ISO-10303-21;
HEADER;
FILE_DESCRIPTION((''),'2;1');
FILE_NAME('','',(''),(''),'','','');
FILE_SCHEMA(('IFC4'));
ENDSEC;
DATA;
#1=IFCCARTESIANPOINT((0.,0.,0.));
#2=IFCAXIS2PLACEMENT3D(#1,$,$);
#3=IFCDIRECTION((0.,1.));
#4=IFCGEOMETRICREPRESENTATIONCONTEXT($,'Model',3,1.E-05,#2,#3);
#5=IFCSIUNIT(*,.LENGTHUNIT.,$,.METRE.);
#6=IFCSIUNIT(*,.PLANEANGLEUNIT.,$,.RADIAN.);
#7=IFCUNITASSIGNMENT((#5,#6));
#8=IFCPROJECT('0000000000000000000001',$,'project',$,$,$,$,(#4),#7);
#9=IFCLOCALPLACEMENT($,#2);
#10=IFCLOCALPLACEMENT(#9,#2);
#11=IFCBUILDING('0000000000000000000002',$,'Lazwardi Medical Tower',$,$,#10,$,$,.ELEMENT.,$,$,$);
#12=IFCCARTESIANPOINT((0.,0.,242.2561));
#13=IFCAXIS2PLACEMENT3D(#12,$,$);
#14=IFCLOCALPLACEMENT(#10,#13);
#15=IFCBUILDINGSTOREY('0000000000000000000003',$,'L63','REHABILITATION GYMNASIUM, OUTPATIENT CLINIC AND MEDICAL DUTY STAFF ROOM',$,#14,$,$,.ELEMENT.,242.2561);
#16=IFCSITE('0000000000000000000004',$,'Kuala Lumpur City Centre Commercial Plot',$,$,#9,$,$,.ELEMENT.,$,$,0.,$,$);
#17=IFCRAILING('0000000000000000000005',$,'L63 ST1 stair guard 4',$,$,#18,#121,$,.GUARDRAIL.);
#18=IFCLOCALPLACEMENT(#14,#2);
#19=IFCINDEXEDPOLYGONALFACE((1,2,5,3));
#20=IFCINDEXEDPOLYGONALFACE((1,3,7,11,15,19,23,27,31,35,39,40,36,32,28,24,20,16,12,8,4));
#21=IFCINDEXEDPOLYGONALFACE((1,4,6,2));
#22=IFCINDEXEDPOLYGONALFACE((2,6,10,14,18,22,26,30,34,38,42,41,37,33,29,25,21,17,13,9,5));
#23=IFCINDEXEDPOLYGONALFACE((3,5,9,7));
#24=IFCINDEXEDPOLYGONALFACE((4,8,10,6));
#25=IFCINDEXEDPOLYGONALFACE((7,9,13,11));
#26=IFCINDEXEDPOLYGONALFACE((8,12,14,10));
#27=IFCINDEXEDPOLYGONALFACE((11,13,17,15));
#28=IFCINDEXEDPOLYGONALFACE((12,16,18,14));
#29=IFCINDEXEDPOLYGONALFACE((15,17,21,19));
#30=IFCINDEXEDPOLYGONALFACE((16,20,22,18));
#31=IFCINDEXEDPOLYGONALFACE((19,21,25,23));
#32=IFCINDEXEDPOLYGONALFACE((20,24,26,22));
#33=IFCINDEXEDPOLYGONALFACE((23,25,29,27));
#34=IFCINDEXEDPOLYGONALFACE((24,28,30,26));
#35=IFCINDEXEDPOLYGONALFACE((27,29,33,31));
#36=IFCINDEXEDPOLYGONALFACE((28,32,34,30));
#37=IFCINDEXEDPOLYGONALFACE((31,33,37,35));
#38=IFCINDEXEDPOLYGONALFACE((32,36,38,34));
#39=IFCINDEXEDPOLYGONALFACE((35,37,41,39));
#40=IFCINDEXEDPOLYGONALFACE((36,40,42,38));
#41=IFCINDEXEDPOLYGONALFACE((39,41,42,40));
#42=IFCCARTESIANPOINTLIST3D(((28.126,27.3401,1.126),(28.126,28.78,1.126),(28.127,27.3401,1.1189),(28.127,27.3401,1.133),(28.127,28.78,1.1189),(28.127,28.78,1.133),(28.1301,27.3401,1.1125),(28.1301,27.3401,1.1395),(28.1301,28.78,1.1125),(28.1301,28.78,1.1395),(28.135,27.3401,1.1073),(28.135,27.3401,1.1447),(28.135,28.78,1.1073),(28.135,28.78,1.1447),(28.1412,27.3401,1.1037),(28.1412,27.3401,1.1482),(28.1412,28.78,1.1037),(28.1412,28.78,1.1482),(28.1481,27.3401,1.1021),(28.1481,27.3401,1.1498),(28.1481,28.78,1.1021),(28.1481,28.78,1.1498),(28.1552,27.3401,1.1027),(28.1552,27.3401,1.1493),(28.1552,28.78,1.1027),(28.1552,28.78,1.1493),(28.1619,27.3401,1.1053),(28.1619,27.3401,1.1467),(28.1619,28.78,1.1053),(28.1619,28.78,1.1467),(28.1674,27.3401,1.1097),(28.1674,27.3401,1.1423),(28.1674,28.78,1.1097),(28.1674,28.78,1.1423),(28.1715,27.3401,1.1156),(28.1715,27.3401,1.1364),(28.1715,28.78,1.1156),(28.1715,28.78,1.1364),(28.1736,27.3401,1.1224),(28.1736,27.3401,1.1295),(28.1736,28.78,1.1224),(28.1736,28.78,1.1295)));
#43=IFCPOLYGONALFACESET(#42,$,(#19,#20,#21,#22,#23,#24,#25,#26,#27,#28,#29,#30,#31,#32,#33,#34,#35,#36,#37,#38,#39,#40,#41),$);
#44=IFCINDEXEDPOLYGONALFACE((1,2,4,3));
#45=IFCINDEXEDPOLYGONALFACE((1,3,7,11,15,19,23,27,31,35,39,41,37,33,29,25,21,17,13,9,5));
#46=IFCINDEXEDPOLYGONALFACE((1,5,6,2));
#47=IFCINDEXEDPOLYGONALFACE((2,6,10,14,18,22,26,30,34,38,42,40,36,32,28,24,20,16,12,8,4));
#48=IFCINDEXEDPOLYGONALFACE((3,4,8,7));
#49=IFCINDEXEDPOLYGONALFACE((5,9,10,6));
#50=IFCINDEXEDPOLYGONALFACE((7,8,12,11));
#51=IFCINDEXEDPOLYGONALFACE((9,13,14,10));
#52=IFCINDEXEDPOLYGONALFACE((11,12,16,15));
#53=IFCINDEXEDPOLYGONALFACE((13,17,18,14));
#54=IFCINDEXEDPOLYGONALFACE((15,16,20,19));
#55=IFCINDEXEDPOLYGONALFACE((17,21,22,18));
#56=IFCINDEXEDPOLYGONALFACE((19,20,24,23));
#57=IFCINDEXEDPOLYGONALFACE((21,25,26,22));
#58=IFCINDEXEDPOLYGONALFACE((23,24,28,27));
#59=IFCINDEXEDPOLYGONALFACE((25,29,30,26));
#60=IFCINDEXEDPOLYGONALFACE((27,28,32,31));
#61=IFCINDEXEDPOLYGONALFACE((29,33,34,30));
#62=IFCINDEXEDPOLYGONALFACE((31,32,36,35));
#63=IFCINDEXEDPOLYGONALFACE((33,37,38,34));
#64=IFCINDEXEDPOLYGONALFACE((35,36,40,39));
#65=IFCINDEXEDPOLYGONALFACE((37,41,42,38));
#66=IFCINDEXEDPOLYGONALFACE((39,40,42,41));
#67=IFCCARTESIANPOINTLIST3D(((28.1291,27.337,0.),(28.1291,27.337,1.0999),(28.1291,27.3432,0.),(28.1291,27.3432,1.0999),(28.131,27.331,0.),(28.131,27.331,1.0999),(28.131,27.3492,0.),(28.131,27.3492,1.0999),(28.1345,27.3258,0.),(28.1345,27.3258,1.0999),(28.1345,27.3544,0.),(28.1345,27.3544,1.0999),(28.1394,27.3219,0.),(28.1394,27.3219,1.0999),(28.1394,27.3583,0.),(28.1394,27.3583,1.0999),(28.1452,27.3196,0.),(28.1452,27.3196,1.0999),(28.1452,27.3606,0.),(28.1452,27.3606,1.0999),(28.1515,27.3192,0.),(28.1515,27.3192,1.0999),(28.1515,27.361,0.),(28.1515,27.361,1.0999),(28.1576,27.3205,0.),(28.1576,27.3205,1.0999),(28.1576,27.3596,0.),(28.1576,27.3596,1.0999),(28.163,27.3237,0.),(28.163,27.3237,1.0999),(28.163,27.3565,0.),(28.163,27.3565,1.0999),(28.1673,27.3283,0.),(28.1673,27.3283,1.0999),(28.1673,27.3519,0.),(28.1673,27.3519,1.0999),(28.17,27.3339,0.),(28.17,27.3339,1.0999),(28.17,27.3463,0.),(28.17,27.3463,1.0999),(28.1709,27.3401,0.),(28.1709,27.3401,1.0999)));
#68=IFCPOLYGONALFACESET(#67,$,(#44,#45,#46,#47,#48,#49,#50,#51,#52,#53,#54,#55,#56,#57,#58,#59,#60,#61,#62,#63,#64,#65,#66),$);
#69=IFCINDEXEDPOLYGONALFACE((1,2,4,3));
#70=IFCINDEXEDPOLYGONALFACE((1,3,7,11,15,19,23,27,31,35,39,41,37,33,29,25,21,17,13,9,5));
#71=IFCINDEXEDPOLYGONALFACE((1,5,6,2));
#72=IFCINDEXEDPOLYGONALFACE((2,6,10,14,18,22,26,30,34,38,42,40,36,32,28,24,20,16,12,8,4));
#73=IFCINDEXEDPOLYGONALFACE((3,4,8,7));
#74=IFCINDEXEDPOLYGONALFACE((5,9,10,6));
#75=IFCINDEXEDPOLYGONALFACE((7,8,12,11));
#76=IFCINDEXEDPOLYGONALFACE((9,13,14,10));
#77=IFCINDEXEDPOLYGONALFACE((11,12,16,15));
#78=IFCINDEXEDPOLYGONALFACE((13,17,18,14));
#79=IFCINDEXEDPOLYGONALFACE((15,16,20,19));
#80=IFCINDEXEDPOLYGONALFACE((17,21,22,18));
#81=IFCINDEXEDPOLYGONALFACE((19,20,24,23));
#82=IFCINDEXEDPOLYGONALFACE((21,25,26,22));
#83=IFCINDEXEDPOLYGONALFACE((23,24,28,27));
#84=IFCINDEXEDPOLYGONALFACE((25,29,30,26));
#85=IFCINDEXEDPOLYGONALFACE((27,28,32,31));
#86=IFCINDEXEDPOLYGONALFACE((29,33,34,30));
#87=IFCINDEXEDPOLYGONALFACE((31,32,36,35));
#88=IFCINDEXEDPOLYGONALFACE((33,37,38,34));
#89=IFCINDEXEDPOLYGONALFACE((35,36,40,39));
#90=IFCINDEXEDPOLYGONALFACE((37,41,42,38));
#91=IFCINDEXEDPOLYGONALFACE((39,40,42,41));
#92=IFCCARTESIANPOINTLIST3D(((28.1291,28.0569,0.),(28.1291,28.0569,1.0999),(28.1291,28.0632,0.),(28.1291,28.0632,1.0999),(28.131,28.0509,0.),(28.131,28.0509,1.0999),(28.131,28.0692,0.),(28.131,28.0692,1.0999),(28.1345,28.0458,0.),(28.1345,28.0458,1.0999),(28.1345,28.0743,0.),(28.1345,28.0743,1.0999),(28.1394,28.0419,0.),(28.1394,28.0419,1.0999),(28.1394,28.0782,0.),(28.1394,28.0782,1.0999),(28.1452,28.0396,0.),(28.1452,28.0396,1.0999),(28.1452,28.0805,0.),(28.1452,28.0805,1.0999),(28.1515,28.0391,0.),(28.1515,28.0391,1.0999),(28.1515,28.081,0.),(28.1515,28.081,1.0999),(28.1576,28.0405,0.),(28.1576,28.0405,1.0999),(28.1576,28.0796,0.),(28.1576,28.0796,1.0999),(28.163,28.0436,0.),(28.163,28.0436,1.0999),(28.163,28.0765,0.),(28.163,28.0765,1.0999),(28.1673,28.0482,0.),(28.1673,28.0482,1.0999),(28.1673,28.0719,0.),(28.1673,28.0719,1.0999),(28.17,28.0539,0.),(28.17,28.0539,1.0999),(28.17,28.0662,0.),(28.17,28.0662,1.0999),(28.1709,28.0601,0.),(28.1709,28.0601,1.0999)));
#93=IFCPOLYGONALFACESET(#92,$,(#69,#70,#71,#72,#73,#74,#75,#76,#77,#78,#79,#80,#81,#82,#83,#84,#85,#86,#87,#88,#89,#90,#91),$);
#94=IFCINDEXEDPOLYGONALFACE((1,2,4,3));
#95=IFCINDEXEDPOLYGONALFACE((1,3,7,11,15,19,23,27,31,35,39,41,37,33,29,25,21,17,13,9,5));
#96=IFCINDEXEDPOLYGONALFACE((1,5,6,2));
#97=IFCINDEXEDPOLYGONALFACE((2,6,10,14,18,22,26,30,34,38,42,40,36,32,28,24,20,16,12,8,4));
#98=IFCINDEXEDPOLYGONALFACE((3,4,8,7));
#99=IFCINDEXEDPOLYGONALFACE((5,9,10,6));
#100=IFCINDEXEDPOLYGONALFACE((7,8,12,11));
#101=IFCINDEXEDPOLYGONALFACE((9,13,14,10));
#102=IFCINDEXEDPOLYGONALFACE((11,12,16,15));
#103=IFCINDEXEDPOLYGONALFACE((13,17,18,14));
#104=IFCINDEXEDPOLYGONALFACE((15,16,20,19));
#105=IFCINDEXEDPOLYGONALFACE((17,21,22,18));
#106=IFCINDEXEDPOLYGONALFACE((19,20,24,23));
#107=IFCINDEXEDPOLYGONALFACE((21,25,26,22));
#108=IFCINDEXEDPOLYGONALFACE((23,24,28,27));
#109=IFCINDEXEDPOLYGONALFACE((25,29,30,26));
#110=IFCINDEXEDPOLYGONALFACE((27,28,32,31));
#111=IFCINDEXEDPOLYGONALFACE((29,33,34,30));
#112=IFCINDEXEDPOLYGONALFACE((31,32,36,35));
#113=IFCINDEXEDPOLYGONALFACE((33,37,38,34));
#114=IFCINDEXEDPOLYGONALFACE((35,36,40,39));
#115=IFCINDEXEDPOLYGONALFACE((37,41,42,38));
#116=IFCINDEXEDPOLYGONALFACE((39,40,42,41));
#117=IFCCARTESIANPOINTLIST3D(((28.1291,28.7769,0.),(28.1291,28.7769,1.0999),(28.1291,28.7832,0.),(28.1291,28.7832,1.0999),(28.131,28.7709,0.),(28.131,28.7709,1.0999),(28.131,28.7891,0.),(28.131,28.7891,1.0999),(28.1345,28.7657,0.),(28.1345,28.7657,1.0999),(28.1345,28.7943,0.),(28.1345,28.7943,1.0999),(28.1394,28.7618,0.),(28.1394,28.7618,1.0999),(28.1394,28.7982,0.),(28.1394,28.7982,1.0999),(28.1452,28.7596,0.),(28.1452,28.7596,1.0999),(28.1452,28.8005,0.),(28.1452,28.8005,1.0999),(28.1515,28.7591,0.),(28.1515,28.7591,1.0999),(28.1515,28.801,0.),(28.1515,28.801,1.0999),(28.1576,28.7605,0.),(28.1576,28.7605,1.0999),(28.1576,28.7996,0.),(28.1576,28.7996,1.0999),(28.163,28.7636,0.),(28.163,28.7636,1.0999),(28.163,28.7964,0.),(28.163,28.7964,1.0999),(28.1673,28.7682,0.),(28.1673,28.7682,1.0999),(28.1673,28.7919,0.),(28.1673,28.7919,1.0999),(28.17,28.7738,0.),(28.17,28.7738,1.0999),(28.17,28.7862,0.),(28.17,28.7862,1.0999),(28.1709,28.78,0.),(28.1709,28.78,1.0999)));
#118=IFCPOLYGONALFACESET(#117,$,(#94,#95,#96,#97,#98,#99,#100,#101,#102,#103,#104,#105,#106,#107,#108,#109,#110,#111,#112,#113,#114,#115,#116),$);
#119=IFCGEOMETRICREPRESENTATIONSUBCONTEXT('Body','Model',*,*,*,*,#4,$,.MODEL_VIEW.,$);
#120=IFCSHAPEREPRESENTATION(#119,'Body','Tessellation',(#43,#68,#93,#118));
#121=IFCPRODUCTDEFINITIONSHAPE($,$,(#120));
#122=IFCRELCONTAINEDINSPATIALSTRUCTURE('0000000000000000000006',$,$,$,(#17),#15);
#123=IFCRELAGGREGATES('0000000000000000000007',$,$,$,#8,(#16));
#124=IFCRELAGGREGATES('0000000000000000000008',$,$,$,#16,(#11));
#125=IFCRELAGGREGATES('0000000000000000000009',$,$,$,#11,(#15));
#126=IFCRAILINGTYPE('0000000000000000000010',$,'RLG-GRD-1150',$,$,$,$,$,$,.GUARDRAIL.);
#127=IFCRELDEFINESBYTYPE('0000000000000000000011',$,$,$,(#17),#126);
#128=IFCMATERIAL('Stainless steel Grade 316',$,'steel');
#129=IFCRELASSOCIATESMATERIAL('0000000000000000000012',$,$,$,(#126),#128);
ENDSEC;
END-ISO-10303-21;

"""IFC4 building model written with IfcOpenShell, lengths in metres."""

from ifc_helpers import new_model, si_unit, direction, frame, origin, origin_2d, place, context, subcontext, project, spatial, circle, extrude, material, type_object, element, save


model = new_model("IFC4")

# Units and contexts
model_context = context("Model", 3, precision=1e-05, world=origin(), true_north=direction((0.0, 1.0)))
body_context = subcontext(model_context, "Body", "Model", "MODEL_VIEW")
ifc_project = project(units=[si_unit("LENGTHUNIT", "METRE"), si_unit("PLANEANGLEUNIT", "RADIAN")], contexts=[model_context])

# Site, building, storey
site_placement = place(None, origin())
site = spatial("IfcSite", under=ifc_project, at=site_placement, Name="Kuala Lumpur City Centre Commercial Plot", CompositionType="ELEMENT", RefElevation=0.0)
building_placement = place(site_placement, origin())
building = spatial("IfcBuilding", under=site, at=building_placement, Name="Lazwardi Medical Tower", CompositionType="ELEMENT")
storey_placement = place(building_placement, frame((0.0, 0.0, 242.2561)))
storey = spatial("IfcBuildingStorey", under=building, at=storey_placement, Name="L63", Description="REHABILITATION GYMNASIUM, OUTPATIENT CLINIC AND MEDICAL DUTY STAFF ROOM", CompositionType="ELEMENT", Elevation=242.2561)

# Railing
ifc_material_1 = material(Name="Stainless steel Grade 316", Category="steel")
railing_type_1 = type_object("IfcRailingType", Name="RLG-GRD-1150", PredefinedType="GUARDRAIL", material=ifc_material_1)
railing_1_placement = place(storey_placement, frame((28.1499, 27.3401, 0.0)))
element("IfcRailing", 1, at=railing_1_placement, inside=storey, type_object=railing_type_1, Name="L63 ST1 stair guard 4", PredefinedType="GUARDRAIL", context=body_context, shape_type="SweptSolid", body=[
    extrude(circle(Radius=0.0239, at=origin_2d()), frame((0.0, 0.0, 1.126), z_axis=(0.0, 1.0, 0.0), x_axis=(-1.0, 0.0, 0.0)), (0.0, 0.0, 1.0), 1.4399),
    extrude(circle(Radius=0.021, at=origin_2d()), origin(), (0.0, 0.0, 1.0), 1.0999),
    extrude(circle(Radius=0.021, at=origin_2d()), frame((0.0, 0.72, 0.0)), (0.0, 0.0, 1.0), 1.0999),
    extrude(circle(Radius=0.021, at=origin_2d()), frame((0.0, 1.4399, 0.0)), (0.0, 0.0, 1.0), 1.0999),
])

save(model, "model.ifc")
